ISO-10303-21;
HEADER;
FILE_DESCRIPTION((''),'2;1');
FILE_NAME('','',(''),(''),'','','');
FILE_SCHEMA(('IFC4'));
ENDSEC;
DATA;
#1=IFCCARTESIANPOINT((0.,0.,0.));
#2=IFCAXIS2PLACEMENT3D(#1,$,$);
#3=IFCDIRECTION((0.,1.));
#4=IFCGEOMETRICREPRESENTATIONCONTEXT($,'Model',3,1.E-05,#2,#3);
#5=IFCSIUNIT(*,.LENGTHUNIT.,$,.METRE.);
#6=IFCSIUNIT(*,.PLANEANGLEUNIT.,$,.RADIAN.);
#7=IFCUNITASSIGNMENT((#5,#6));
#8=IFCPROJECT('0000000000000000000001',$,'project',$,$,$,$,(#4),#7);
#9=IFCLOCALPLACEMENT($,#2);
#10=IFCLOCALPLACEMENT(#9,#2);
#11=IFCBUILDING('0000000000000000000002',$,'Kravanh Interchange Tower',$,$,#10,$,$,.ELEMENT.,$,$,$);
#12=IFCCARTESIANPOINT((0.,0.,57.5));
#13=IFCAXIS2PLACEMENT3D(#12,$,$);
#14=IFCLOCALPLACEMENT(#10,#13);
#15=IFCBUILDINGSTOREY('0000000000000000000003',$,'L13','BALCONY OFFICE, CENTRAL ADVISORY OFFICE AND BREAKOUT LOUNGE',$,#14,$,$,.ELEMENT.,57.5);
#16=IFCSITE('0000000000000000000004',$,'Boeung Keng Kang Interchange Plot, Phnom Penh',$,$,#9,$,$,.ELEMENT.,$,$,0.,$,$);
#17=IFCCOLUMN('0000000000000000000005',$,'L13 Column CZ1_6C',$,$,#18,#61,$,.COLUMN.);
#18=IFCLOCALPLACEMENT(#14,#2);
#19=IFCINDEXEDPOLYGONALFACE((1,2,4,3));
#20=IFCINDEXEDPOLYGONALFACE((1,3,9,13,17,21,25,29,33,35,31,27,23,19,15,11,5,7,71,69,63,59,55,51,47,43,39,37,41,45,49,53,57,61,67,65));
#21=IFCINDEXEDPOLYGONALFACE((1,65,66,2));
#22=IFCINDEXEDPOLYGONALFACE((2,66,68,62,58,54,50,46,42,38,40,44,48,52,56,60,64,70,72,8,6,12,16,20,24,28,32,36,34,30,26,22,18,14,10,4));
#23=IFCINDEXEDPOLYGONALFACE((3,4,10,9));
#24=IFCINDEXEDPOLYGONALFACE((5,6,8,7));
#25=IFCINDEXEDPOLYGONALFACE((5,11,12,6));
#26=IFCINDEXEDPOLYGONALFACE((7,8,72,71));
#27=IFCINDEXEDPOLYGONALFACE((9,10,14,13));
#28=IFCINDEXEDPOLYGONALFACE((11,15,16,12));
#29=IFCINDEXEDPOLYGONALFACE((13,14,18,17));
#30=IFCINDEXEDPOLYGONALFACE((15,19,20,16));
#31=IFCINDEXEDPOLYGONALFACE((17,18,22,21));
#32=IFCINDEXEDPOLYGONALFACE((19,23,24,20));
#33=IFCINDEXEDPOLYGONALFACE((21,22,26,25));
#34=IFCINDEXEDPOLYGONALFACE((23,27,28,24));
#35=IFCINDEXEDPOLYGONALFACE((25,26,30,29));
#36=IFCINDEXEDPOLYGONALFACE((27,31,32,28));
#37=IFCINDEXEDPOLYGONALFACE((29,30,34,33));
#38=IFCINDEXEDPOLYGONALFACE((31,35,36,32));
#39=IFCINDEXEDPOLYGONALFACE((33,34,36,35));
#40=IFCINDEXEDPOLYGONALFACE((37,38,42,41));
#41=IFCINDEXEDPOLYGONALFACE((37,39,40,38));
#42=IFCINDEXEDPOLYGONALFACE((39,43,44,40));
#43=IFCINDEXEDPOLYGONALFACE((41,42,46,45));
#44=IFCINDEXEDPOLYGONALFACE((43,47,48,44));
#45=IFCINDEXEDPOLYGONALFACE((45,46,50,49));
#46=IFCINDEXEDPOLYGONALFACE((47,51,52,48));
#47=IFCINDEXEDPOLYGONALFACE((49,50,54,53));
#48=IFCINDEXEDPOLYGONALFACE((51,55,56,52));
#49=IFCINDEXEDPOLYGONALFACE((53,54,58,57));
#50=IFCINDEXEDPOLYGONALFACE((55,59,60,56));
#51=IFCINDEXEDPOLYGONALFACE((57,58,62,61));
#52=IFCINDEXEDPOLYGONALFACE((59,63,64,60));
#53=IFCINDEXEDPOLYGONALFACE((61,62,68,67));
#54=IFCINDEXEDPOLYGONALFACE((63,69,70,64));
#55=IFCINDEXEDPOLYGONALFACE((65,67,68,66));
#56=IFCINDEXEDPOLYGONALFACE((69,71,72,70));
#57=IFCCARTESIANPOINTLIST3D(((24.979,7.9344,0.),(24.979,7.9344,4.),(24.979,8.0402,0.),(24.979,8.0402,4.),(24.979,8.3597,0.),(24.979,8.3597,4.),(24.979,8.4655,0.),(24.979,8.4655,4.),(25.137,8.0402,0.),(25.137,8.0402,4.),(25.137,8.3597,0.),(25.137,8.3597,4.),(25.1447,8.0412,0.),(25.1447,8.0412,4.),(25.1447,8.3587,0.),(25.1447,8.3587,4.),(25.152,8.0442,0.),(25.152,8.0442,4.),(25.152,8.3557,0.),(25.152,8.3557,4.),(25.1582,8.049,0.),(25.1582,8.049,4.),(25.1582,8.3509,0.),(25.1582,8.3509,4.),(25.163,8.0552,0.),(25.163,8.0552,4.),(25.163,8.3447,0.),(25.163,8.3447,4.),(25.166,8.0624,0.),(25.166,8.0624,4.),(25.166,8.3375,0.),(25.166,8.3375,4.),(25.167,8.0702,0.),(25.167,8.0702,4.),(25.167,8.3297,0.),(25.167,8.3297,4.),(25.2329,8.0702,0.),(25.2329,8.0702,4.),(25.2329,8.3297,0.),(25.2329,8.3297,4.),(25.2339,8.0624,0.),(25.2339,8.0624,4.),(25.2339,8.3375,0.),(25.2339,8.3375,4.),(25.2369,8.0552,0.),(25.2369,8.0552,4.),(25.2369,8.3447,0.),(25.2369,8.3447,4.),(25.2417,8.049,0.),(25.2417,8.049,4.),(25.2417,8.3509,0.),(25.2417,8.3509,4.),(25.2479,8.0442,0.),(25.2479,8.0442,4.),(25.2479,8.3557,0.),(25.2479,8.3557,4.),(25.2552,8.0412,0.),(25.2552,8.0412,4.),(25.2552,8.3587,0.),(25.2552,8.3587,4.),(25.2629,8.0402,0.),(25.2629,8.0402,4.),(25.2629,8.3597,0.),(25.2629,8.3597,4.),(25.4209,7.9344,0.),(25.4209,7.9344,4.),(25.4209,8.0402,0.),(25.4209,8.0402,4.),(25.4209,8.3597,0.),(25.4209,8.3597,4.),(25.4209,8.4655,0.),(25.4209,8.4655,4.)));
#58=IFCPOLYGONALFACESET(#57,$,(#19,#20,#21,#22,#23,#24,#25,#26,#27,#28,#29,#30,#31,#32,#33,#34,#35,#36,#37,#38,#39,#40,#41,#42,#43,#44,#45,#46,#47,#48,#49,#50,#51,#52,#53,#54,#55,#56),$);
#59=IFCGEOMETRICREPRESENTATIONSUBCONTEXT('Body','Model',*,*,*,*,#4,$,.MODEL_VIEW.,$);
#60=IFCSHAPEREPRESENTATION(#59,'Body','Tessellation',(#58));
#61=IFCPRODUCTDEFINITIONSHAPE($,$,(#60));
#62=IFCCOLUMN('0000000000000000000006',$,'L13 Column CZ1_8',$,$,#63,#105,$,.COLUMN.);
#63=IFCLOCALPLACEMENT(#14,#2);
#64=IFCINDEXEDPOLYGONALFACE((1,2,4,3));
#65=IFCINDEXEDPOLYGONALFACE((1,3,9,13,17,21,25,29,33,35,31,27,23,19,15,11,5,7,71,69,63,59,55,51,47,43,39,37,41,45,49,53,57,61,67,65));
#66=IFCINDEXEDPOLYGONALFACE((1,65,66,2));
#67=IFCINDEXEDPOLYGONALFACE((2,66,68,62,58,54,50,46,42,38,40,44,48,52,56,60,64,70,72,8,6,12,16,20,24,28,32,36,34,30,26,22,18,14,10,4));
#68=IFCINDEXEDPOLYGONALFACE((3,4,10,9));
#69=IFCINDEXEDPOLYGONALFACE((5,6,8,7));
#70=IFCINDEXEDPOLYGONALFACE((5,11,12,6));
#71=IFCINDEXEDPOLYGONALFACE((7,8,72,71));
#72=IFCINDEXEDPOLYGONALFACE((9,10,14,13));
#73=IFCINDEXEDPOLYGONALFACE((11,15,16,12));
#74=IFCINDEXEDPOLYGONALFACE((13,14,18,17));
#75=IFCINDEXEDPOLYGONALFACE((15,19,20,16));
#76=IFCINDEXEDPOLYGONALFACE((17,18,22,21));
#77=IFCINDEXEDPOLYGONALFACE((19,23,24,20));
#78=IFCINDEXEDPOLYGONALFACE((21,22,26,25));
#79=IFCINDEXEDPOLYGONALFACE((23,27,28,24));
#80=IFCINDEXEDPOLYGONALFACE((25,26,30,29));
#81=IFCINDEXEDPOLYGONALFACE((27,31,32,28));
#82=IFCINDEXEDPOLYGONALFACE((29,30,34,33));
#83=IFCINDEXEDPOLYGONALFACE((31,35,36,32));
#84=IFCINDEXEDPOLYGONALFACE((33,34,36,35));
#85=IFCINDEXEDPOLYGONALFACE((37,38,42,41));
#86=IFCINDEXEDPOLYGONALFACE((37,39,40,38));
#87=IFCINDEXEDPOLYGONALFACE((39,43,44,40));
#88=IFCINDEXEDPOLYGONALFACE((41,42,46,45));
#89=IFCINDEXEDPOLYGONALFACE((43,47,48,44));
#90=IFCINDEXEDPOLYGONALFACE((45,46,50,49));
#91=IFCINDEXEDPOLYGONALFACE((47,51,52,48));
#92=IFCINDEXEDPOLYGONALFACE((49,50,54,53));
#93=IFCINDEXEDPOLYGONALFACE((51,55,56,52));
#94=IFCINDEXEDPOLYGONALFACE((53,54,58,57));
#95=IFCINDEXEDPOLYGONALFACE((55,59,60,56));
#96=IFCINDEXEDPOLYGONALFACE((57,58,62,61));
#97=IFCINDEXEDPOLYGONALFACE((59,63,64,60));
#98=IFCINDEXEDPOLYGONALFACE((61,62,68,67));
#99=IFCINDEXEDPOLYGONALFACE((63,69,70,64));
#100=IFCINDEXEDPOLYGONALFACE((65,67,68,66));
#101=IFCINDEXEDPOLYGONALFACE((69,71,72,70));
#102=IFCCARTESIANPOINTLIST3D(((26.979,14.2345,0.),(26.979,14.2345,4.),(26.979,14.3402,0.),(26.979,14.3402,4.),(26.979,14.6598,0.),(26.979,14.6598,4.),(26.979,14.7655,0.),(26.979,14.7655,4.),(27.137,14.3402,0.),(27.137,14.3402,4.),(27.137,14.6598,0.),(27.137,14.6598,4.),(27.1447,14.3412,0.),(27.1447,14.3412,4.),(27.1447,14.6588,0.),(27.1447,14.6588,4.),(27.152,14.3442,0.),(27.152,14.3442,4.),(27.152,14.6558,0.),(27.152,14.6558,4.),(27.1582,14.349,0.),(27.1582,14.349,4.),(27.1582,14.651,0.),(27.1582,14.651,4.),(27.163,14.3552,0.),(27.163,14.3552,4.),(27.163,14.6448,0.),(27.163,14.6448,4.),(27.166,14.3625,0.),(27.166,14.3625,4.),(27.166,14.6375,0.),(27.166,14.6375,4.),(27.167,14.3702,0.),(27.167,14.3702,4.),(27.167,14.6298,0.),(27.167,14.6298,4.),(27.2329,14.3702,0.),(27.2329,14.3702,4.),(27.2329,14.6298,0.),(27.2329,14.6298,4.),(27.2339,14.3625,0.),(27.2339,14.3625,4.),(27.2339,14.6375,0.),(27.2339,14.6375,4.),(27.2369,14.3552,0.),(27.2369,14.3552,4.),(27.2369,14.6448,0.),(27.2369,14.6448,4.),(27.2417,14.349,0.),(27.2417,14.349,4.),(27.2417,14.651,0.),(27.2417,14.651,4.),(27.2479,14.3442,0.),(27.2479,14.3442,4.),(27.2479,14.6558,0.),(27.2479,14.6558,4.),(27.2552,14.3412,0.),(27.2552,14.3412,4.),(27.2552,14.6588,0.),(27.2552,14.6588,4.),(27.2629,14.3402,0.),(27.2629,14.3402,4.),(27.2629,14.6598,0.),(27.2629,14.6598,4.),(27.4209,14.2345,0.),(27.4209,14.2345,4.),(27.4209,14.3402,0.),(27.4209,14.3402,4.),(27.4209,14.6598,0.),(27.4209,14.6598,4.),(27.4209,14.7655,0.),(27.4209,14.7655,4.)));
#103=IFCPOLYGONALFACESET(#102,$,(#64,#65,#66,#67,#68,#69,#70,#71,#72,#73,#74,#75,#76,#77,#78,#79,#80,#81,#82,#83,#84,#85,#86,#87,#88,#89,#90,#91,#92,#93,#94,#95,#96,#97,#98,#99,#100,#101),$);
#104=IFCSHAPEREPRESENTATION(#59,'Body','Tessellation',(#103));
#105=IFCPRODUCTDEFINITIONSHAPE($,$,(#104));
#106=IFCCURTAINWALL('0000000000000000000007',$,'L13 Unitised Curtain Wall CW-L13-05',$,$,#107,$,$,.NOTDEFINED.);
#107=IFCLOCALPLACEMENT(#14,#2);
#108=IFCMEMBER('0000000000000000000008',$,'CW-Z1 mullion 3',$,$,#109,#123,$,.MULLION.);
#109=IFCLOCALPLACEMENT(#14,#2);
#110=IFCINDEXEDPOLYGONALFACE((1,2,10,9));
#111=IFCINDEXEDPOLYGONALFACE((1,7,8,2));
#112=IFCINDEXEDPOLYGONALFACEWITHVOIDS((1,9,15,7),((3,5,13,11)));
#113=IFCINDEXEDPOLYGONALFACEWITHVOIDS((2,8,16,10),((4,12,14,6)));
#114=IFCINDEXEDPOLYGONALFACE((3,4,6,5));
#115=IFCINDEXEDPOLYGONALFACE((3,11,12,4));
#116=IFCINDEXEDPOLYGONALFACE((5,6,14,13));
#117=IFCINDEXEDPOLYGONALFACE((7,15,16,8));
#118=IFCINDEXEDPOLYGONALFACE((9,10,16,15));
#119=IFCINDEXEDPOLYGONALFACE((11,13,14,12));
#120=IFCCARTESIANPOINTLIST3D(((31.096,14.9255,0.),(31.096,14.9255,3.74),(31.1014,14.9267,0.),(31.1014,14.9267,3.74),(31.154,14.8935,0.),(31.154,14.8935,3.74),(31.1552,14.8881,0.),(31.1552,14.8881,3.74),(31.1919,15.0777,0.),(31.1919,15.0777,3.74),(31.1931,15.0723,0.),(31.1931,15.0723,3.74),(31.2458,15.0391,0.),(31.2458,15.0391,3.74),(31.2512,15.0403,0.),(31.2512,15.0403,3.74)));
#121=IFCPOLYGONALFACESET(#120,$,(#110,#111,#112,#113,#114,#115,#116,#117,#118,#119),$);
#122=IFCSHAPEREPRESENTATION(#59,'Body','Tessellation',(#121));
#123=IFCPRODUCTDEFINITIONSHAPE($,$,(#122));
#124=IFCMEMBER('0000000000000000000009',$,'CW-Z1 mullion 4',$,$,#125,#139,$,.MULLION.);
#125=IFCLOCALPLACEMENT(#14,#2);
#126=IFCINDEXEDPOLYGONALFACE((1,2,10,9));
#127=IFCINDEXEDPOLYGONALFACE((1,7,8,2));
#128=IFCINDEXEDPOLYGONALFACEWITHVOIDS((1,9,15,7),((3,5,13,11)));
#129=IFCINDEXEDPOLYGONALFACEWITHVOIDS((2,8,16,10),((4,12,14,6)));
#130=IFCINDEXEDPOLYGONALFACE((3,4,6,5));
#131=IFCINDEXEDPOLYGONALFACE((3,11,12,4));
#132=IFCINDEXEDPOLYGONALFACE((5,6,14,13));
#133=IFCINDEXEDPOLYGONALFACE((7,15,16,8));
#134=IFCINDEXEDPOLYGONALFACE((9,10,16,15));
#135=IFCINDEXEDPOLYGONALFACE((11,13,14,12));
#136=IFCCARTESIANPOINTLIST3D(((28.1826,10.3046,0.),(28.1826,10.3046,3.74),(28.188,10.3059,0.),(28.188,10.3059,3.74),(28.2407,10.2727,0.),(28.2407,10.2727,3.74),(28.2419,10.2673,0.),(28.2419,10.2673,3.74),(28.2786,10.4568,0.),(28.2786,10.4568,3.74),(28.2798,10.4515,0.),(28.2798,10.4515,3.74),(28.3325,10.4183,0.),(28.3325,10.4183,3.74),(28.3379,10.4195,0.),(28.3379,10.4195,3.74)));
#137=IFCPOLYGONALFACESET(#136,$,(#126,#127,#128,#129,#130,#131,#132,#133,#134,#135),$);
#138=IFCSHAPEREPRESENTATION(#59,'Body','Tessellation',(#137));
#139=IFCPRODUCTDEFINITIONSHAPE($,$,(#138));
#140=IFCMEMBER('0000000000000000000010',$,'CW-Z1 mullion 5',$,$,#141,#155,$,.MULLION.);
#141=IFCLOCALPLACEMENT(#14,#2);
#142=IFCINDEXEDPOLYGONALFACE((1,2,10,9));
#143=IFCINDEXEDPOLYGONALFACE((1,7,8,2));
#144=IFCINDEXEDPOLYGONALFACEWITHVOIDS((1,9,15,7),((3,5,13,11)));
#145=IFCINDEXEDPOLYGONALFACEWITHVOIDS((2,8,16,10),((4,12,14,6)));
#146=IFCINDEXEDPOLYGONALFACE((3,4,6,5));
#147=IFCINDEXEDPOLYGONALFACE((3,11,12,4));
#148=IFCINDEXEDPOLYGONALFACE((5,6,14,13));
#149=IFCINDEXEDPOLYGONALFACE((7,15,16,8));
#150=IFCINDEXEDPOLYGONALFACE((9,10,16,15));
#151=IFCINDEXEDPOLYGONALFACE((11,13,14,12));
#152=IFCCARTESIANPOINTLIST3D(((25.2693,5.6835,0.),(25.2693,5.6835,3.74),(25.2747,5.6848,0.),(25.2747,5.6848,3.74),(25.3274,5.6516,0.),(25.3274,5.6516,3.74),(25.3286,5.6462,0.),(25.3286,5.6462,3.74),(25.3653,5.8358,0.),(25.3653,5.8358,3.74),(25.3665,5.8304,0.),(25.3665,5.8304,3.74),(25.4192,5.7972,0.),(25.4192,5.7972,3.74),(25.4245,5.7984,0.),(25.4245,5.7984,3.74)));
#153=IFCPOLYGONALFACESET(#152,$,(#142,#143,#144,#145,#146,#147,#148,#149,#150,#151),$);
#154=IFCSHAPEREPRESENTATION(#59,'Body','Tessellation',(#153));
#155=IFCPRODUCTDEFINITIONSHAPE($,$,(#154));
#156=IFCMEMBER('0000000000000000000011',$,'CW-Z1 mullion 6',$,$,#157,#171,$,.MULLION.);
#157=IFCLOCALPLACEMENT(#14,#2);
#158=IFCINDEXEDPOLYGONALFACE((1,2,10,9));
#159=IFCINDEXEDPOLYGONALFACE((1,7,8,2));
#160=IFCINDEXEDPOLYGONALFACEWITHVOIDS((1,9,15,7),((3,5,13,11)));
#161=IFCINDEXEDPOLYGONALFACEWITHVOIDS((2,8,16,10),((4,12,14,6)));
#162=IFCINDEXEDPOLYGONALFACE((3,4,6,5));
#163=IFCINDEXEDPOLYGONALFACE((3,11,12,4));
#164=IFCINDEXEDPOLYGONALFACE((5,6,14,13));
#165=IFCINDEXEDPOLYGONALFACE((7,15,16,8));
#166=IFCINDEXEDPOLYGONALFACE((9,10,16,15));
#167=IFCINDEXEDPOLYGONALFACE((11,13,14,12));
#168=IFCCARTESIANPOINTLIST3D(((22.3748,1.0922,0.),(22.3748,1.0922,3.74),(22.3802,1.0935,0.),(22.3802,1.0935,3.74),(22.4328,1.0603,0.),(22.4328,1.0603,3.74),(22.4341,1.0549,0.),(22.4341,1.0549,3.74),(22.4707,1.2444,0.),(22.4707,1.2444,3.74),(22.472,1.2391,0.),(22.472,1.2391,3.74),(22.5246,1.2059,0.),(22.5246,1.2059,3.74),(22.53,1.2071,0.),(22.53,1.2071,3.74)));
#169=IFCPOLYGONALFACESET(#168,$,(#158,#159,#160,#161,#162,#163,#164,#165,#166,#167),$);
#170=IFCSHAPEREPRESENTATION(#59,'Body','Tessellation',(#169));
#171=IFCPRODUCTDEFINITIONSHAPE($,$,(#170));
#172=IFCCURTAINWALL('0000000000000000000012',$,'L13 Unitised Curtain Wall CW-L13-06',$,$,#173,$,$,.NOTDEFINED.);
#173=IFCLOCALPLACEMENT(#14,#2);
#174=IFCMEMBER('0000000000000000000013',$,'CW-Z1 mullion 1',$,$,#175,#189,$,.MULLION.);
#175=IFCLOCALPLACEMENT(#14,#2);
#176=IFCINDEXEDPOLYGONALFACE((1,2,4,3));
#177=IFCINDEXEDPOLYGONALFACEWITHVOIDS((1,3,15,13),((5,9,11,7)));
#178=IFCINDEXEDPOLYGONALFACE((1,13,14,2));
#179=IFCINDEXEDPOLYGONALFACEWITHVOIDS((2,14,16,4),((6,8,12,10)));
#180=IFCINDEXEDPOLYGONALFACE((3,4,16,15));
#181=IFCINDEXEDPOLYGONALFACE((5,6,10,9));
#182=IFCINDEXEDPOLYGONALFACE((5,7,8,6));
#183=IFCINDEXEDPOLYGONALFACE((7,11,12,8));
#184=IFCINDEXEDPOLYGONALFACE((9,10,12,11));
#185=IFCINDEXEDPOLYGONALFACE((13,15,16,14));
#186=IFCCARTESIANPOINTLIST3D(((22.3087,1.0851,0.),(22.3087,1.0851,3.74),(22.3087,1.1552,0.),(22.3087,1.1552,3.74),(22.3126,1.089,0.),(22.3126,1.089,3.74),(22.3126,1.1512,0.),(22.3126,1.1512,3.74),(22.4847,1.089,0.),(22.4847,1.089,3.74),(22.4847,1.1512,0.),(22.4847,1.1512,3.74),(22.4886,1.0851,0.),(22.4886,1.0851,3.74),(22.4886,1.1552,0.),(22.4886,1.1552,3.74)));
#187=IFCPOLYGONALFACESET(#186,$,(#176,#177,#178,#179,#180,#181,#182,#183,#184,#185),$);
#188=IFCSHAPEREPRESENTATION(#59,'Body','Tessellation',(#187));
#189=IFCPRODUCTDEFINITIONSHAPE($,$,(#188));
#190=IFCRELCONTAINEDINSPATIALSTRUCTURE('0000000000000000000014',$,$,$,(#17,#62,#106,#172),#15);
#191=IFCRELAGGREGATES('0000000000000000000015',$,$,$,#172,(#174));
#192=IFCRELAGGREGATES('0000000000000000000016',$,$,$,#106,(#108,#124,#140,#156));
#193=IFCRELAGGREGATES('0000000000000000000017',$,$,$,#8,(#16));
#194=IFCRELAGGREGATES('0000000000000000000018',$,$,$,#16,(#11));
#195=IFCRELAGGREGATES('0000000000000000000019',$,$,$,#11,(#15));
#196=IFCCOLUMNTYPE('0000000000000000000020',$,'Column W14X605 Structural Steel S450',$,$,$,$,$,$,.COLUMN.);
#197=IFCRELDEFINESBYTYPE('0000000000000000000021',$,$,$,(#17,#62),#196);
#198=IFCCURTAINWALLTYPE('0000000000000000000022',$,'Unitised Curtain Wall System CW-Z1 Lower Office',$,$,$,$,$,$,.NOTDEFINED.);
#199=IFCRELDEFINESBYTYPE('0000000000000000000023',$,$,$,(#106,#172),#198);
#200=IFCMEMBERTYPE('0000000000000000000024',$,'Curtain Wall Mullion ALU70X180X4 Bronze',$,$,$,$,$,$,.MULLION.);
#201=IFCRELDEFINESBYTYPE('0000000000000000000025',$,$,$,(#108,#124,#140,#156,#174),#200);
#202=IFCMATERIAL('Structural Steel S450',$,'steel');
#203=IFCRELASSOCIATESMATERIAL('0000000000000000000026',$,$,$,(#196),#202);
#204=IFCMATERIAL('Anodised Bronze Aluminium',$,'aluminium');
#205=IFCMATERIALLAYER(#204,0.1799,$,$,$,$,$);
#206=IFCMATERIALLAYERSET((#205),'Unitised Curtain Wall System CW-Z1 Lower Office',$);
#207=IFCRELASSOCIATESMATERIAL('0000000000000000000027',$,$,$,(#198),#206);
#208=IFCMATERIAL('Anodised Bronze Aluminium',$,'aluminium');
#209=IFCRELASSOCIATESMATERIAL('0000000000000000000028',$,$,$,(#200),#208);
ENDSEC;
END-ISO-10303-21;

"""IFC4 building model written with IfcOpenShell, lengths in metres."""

from ifc_helpers import new_model, si_unit, direction, frame, origin, origin_2d, place, context, subcontext, project, spatial, hollow_rectangle, i_section, extrude, material, layer, layer_set, material_profile, profile_set, type_object, element, aggregate, save


model = new_model("IFC4")

# Units and contexts
model_context = context("Model", 3, precision=1e-05, world=origin(), true_north=direction((0.0, 1.0)))
body_context = subcontext(model_context, "Body", "Model", "MODEL_VIEW")
ifc_project = project(units=[si_unit("LENGTHUNIT", "METRE"), si_unit("PLANEANGLEUNIT", "RADIAN")], contexts=[model_context])

# Site, building, storey
site_placement = place(None, origin())
site = spatial("IfcSite", under=ifc_project, at=site_placement, Name="Boeung Keng Kang Interchange Plot, Phnom Penh", CompositionType="ELEMENT", RefElevation=0.0)
building_placement = place(site_placement, origin())
building = spatial("IfcBuilding", under=site, at=building_placement, Name="Kravanh Interchange Tower", CompositionType="ELEMENT")
storey_placement = place(building_placement, frame((0.0, 0.0, 57.5)))
storey = spatial("IfcBuildingStorey", under=building, at=storey_placement, Name="L13", Description="BALCONY OFFICE, CENTRAL ADVISORY OFFICE AND BREAKOUT LOUNGE", CompositionType="ELEMENT", Elevation=57.5)

# Columns
ifc_material_1 = material(Name="Structural Steel S450", Category="steel")
ifc_material_profile_1 = material_profile(ifc_material_1, i_section(OverallWidth=0.4419, OverallDepth=0.531, WebThickness=0.0659, FlangeThickness=0.1057, FilletRadius=0.03, at=origin_2d()), Name="W14X605")
ifc_profile_set_1 = profile_set([ifc_material_profile_1], Name="Structural Steel S450")
column_type = type_object("IfcColumnType", Name="Column W14X605 Structural Steel S450", PredefinedType="COLUMN", material=ifc_profile_set_1)
for number, where, z_axis, x_axis, name in (
    (1, (25.2, 8.2, 0.0), (0.0, 0.0, 1.0), (1.0, 0.0, 0.0), "L13 Column CZ1_6C"),
    (2, (27.2, 14.5, 0.0), (0.0, 0.0, 1.0), (1.0, 0.0, 0.0), "L13 Column CZ1_8"),
):
    element("IfcColumn", number, at=place(storey_placement, frame(where, z_axis=z_axis, x_axis=x_axis)), inside=storey, type_object=column_type, Name=name, PredefinedType="COLUMN", context=body_context, shape_type="SweptSolid", body=[
        extrude(i_section(OverallWidth=0.4419, OverallDepth=0.531, WebThickness=0.0659, FlangeThickness=0.1057, FilletRadius=0.03, at=origin_2d()), origin(), (0.0, 0.0, 1.0), 4.0),
    ])

# Curtain wall, members
ifc_material_2 = material(Name="Anodised Bronze Aluminium", Category="aluminium")
ifc_layer_1 = layer(ifc_material_2, 0.1799)
ifc_layer_set_1 = layer_set([ifc_layer_1], Name="Unitised Curtain Wall System CW-Z1 Lower Office")
curtain_wall_type = type_object("IfcCurtainWallType", Name="Unitised Curtain Wall System CW-Z1 Lower Office", PredefinedType="NOTDEFINED", material=ifc_layer_set_1)
curtain_wall_1_placement = place(storey_placement, origin())
curtain_wall_1 = element("IfcCurtainWall", 3, at=curtain_wall_1_placement, inside=storey, type_object=curtain_wall_type, Name="L13 Unitised Curtain Wall CW-L13-05", PredefinedType="NOTDEFINED")
ifc_material_3 = material(Name="Anodised Bronze Aluminium", Category="aluminium")
ifc_material_profile_2 = material_profile(ifc_material_3, hollow_rectangle(XDim=0.0701, YDim=0.1799, WallThickness=0.0039, at=origin_2d()), Name="ALU70X180X4")
ifc_profile_set_2 = profile_set([ifc_material_profile_2], Name="Anodised Bronze Aluminium")
member_type_1 = type_object("IfcMemberType", Name="Curtain Wall Mullion ALU70X180X4 Bronze", PredefinedType="MULLION", material=ifc_profile_set_2)
member_1_placement = place(storey_placement, frame((31.1736, 14.9829, 0.0), z_axis=(0.0, 0.0, 1.0), x_axis=(0.845926, -0.533301, 0.0)))
member_1 = element("IfcMember", 4, at=member_1_placement, type_object=member_type_1, Name="CW-Z1 mullion 3", PredefinedType="MULLION", context=body_context, shape_type="SweptSolid", body=[
    extrude(hollow_rectangle(XDim=0.0701, YDim=0.1799, WallThickness=0.0039, at=origin_2d()), origin(), (0.0, 0.0, 1.0), 3.74),
])
member_2_placement = place(storey_placement, frame((28.2603, 10.3621, 0.0), z_axis=(0.0, 0.0, 1.0), x_axis=(0.845926, -0.533301, 0.0)))
member_2 = element("IfcMember", 5, at=member_2_placement, type_object=member_type_1, Name="CW-Z1 mullion 4", PredefinedType="MULLION", context=body_context, shape_type="SweptSolid", body=[
    extrude(hollow_rectangle(XDim=0.0701, YDim=0.1799, WallThickness=0.0039, at=origin_2d()), origin(), (0.0, 0.0, 1.0), 3.74),
])
member_3_placement = place(storey_placement, frame((25.3469, 5.741, 0.0), z_axis=(0.0, 0.0, 1.0), x_axis=(0.845926, -0.533301, 0.0)))
member_3 = element("IfcMember", 6, at=member_3_placement, type_object=member_type_1, Name="CW-Z1 mullion 5", PredefinedType="MULLION", context=body_context, shape_type="SweptSolid", body=[
    extrude(hollow_rectangle(XDim=0.0701, YDim=0.1799, WallThickness=0.0039, at=origin_2d()), origin(), (0.0, 0.0, 1.0), 3.74),
])
member_4_placement = place(storey_placement, frame((22.4524, 1.1497, 0.0), z_axis=(0.0, 0.0, 1.0), x_axis=(0.845926, -0.533301, 0.0)))
member_4 = element("IfcMember", 7, at=member_4_placement, type_object=member_type_1, Name="CW-Z1 mullion 6", PredefinedType="MULLION", context=body_context, shape_type="SweptSolid", body=[
    extrude(hollow_rectangle(XDim=0.0701, YDim=0.1799, WallThickness=0.0039, at=origin_2d()), origin(), (0.0, 0.0, 1.0), 3.74),
])

# Curtain wall, member
curtain_wall_2_placement = place(storey_placement, origin())
curtain_wall_2 = element("IfcCurtainWall", 8, at=curtain_wall_2_placement, inside=storey, type_object=curtain_wall_type, Name="L13 Unitised Curtain Wall CW-L13-06", PredefinedType="NOTDEFINED")
member_5_placement = place(storey_placement, frame((22.3987, 1.1201, 0.0), z_axis=(0.0, 0.0, 1.0), x_axis=(0.0, -1.0, 0.0)))
member_5 = element("IfcMember", 9, at=member_5_placement, type_object=member_type_1, Name="CW-Z1 mullion 1", PredefinedType="MULLION", context=body_context, shape_type="SweptSolid", body=[
    extrude(hollow_rectangle(XDim=0.0701, YDim=0.1799, WallThickness=0.0039, at=origin_2d()), origin(), (0.0, 0.0, 1.0), 3.74),
])

aggregate(curtain_wall_2, [member_5])

aggregate(curtain_wall_1, [member_1, member_2, member_3, member_4])

save(model, "model.ifc")
